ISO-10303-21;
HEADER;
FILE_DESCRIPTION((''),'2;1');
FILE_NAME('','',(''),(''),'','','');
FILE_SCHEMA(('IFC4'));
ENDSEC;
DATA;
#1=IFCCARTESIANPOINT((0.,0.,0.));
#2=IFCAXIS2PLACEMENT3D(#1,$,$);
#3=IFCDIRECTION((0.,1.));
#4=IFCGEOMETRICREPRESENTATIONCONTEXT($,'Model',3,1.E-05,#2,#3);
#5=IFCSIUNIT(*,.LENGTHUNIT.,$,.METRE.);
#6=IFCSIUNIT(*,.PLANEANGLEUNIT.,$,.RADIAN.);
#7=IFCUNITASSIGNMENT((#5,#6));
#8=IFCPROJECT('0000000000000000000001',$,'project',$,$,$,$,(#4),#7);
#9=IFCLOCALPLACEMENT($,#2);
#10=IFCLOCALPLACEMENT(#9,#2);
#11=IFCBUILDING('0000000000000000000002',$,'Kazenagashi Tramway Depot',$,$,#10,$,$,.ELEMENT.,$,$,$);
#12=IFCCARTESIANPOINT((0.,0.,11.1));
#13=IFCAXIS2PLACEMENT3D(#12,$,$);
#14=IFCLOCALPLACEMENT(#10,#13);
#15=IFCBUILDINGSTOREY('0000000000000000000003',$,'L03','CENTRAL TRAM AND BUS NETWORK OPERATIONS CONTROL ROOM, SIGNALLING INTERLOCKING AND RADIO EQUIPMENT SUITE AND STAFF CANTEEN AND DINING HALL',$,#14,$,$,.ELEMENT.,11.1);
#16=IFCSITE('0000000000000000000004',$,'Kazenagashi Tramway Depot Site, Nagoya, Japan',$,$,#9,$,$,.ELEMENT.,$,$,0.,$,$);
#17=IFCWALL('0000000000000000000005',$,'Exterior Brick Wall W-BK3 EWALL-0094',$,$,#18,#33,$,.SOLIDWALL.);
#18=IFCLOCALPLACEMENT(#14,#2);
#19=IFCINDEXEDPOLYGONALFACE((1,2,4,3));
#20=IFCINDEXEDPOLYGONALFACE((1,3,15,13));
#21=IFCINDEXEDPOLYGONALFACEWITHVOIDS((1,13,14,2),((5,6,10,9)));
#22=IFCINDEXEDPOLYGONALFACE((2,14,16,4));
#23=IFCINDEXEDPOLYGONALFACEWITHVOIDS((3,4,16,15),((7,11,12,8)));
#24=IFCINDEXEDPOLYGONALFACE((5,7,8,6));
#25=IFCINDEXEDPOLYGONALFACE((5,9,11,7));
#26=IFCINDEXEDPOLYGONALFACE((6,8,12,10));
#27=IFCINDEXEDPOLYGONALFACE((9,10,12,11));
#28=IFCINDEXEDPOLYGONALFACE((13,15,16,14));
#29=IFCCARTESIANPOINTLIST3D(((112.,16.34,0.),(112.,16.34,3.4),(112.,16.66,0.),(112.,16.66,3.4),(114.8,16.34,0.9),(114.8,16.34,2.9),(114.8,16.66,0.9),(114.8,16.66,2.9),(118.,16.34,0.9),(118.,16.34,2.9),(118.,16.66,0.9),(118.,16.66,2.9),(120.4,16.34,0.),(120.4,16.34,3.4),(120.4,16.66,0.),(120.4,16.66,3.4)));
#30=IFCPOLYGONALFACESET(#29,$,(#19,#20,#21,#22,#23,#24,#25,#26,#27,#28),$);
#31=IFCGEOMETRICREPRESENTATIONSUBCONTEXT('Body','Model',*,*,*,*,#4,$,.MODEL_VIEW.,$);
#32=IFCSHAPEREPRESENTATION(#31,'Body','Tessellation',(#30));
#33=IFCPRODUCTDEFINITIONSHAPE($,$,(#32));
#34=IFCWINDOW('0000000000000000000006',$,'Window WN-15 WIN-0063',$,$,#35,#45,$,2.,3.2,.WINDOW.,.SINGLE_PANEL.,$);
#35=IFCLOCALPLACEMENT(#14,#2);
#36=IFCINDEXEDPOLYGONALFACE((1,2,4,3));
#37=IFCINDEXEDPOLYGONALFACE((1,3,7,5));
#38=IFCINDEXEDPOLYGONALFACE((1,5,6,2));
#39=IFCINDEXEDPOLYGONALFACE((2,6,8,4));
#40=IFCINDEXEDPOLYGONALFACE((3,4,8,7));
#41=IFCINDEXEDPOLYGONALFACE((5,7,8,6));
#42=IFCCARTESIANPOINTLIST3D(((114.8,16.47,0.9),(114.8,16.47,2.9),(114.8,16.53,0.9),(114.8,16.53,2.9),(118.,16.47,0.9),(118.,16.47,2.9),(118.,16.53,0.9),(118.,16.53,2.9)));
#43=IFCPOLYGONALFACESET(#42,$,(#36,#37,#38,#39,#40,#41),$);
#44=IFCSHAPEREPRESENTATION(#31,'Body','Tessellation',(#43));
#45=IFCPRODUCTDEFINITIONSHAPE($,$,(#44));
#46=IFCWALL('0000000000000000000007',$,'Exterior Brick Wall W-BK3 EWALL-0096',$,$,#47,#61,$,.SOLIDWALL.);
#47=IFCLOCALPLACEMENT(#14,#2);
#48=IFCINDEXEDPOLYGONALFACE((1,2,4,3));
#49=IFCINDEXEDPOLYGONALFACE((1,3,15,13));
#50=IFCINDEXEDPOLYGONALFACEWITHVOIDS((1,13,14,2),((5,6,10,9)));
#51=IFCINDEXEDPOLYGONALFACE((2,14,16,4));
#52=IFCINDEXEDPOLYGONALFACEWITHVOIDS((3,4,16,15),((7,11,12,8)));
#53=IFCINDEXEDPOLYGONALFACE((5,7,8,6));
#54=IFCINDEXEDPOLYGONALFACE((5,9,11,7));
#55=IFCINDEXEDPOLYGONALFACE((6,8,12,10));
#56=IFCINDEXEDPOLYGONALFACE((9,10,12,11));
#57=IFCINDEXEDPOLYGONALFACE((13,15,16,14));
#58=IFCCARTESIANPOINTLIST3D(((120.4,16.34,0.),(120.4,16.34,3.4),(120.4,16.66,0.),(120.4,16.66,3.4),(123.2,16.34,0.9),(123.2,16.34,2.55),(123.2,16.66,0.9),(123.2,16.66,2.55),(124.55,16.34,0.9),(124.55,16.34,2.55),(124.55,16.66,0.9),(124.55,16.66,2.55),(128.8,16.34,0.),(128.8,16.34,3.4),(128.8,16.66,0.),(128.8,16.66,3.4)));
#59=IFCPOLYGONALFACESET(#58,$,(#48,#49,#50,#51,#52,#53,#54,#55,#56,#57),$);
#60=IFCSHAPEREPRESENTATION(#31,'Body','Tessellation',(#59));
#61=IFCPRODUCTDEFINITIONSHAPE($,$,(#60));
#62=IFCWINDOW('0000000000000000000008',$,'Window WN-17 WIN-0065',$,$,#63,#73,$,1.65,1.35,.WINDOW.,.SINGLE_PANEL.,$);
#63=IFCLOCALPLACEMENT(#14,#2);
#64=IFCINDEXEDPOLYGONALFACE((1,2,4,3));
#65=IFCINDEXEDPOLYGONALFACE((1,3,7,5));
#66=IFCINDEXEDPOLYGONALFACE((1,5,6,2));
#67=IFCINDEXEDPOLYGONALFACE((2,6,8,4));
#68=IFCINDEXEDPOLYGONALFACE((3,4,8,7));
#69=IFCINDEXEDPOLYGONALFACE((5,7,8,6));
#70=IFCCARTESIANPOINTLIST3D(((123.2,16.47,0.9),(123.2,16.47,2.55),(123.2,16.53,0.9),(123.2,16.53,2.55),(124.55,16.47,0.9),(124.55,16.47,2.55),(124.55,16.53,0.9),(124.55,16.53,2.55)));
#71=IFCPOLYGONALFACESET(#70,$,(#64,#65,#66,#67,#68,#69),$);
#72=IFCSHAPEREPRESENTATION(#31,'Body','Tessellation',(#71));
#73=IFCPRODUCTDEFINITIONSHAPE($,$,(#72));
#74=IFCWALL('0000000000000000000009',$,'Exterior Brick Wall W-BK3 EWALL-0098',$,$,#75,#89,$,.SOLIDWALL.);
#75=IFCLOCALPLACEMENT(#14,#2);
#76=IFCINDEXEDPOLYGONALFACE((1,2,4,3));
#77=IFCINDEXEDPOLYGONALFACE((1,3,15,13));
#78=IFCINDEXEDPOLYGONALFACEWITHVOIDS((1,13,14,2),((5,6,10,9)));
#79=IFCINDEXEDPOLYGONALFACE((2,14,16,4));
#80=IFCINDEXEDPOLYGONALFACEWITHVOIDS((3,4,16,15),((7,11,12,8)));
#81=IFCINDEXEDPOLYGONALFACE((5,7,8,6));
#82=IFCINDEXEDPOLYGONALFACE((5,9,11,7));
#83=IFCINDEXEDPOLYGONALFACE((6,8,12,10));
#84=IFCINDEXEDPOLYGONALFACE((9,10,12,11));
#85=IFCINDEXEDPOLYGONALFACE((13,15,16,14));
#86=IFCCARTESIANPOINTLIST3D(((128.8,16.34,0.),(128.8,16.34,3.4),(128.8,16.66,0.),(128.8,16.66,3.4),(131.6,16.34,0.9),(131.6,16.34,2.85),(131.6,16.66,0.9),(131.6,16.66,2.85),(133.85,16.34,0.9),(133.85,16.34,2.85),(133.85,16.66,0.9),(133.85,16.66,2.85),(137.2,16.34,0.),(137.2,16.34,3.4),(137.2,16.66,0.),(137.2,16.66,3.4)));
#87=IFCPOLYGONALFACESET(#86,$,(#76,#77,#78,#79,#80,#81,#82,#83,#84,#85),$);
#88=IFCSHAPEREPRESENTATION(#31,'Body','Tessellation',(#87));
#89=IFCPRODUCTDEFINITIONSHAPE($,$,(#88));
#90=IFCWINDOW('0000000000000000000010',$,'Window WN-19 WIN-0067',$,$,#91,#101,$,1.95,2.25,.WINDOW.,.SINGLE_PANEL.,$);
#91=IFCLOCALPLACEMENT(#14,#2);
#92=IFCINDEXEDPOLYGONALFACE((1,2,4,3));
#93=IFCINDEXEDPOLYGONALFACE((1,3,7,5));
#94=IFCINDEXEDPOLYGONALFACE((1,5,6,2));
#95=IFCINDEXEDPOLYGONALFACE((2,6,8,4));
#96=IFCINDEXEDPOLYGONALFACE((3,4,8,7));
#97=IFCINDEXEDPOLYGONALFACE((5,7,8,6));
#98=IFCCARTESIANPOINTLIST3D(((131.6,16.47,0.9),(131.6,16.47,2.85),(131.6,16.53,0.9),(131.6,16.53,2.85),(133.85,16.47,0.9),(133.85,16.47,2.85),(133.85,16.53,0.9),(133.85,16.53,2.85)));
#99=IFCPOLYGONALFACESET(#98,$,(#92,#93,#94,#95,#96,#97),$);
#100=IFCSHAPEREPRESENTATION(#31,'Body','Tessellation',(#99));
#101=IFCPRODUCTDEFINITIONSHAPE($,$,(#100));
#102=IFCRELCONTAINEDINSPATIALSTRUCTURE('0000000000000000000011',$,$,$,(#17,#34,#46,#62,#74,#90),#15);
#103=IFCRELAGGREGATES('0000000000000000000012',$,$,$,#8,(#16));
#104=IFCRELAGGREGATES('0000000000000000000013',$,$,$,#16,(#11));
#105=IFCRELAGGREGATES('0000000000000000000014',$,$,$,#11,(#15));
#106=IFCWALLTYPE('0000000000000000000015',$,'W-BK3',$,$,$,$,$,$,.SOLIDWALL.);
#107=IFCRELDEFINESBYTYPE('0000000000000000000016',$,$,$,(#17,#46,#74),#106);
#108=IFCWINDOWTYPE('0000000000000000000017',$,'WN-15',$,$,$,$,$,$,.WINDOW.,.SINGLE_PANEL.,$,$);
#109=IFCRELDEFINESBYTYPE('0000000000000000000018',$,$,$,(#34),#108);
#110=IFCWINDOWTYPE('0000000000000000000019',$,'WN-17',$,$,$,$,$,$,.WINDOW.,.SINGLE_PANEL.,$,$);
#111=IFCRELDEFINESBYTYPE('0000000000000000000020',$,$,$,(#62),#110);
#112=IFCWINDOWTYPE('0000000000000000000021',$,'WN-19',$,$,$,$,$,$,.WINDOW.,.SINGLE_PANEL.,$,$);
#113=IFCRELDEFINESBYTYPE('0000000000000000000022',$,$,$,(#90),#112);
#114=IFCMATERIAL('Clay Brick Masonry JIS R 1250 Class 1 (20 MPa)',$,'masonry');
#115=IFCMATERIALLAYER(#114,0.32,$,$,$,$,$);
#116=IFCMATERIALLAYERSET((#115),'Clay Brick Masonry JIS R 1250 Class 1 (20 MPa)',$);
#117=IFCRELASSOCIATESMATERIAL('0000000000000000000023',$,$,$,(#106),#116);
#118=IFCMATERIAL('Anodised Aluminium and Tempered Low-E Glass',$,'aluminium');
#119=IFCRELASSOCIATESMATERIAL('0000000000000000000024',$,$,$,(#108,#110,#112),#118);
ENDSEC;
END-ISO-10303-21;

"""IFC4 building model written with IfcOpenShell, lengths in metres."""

from ifc_helpers import new_model, si_unit, direction, frame, frame_2d, origin, place, context, subcontext, project, spatial, rectangle, extrude, material, layer, layer_set, type_object, element, fill, save


model = new_model("IFC4")

# Units and contexts
model_context = context("Model", 3, precision=1e-05, world=origin(), true_north=direction((0.0, 1.0)))
body_context = subcontext(model_context, "Body", "Model", "MODEL_VIEW")
ifc_project = project(units=[si_unit("LENGTHUNIT", "METRE"), si_unit("PLANEANGLEUNIT", "RADIAN")], contexts=[model_context])

# Site, building, storey
site_placement = place(None, origin())
site = spatial("IfcSite", under=ifc_project, at=site_placement, Name="Kazenagashi Tramway Depot Site, Nagoya, Japan", CompositionType="ELEMENT", RefElevation=0.0)
building_placement = place(site_placement, origin())
building = spatial("IfcBuilding", under=site, at=building_placement, Name="Kazenagashi Tramway Depot", CompositionType="ELEMENT")
storey_placement = place(building_placement, frame((0.0, 0.0, 11.1)))
storey = spatial("IfcBuildingStorey", under=building, at=storey_placement, Name="L03", Description="CENTRAL TRAM AND BUS NETWORK OPERATIONS CONTROL ROOM, SIGNALLING INTERLOCKING AND RADIO EQUIPMENT SUITE AND STAFF CANTEEN AND DINING HALL", CompositionType="ELEMENT", Elevation=11.1)

# Walls, openings, windows
ifc_material_1 = material(Name="Clay Brick Masonry JIS R 1250 Class 1 (20 MPa)", Category="masonry")
ifc_layer = layer(ifc_material_1, 0.32)
ifc_layer_set = layer_set([ifc_layer], Name="Clay Brick Masonry JIS R 1250 Class 1 (20 MPa)")
wall_type = type_object("IfcWallType", Name="W-BK3", PredefinedType="SOLIDWALL", material=ifc_layer_set)
ifc_material_2 = material(Name="Anodised Aluminium and Tempered Low-E Glass", Category="aluminium")
wall_1_placement = place(storey_placement, frame((112.0, 16.5, 0.0), z_axis=(0.0, 0.0, 1.0), x_axis=(1.0, 0.0, 0.0)))
wall_1 = element("IfcWall", 1, at=wall_1_placement, inside=storey, type_object=wall_type, Name="Exterior Brick Wall W-BK3 EWALL-0094", PredefinedType="SOLIDWALL", context=body_context, shape_type="SweptSolid", body=[
    extrude(rectangle(XDim=8.4, YDim=0.32, at=frame_2d((4.2, 0.0))), origin(), (0.0, 0.0, 1.0), 3.4),
])
opening_1_placement = place(wall_1_placement, frame((2.8, 0.0, 0.9)))
opening_1 = element("IfcOpeningElement", 2, at=opening_1_placement, cuts=wall_1, PredefinedType="OPENING", context=body_context, shape_type="SweptSolid", body=[
    extrude(rectangle(XDim=3.2, YDim=2.0, at=frame_2d((1.6, 1.0))), frame((0.0, 0.17, 0.0), z_axis=(0.0, -1.0, 0.0), x_axis=(1.0, 0.0, 0.0)), (0.0, 0.0, 1.0), 0.34),
])
window_type_1 = type_object("IfcWindowType", Name="WN-15", PartitioningType="SINGLE_PANEL", PredefinedType="WINDOW", material=ifc_material_2)
window_1_placement = place(opening_1_placement, origin())
window_1 = element("IfcWindow", 3, at=window_1_placement, inside=storey, type_object=window_type_1, Name="Window WN-15 WIN-0063", OverallHeight=2.0, OverallWidth=3.2, PartitioningType="SINGLE_PANEL", PredefinedType="WINDOW", context=body_context, shape_type="SweptSolid", body=[
    extrude(rectangle(XDim=3.2, YDim=2.0, at=frame_2d((1.6, 1.0))), frame((0.0, 0.03, 0.0), z_axis=(0.0, -1.0, 0.0), x_axis=(1.0, 0.0, 0.0)), (0.0, 0.0, 1.0), 0.06),
])
fill(opening_1, window_1)
wall_2_placement = place(storey_placement, frame((120.4, 16.5, 0.0), z_axis=(0.0, 0.0, 1.0), x_axis=(1.0, 0.0, 0.0)))
wall_2 = element("IfcWall", 4, at=wall_2_placement, inside=storey, type_object=wall_type, Name="Exterior Brick Wall W-BK3 EWALL-0096", PredefinedType="SOLIDWALL", context=body_context, shape_type="SweptSolid", body=[
    extrude(rectangle(XDim=8.4, YDim=0.32, at=frame_2d((4.2, 0.0))), origin(), (0.0, 0.0, 1.0), 3.4),
])
opening_2_placement = place(wall_2_placement, frame((2.8, 0.0, 0.9)))
opening_2 = element("IfcOpeningElement", 5, at=opening_2_placement, cuts=wall_2, PredefinedType="OPENING", context=body_context, shape_type="SweptSolid", body=[
    extrude(rectangle(XDim=1.35, YDim=1.65, at=frame_2d((0.675, 0.825))), frame((0.0, 0.17, 0.0), z_axis=(0.0, -1.0, 0.0), x_axis=(1.0, 0.0, 0.0)), (0.0, 0.0, 1.0), 0.34),
])
window_type_2 = type_object("IfcWindowType", Name="WN-17", PartitioningType="SINGLE_PANEL", PredefinedType="WINDOW", material=ifc_material_2)
window_2_placement = place(opening_2_placement, origin())
window_2 = element("IfcWindow", 6, at=window_2_placement, inside=storey, type_object=window_type_2, Name="Window WN-17 WIN-0065", OverallHeight=1.65, OverallWidth=1.35, PartitioningType="SINGLE_PANEL", PredefinedType="WINDOW", context=body_context, shape_type="SweptSolid", body=[
    extrude(rectangle(XDim=1.35, YDim=1.65, at=frame_2d((0.675, 0.825))), frame((0.0, 0.03, 0.0), z_axis=(0.0, -1.0, 0.0), x_axis=(1.0, 0.0, 0.0)), (0.0, 0.0, 1.0), 0.06),
])
fill(opening_2, window_2)
wall_3_placement = place(storey_placement, frame((128.8, 16.5, 0.0), z_axis=(0.0, 0.0, 1.0), x_axis=(1.0, 0.0, 0.0)))
wall_3 = element("IfcWall", 7, at=wall_3_placement, inside=storey, type_object=wall_type, Name="Exterior Brick Wall W-BK3 EWALL-0098", PredefinedType="SOLIDWALL", context=body_context, shape_type="SweptSolid", body=[
    extrude(rectangle(XDim=8.4, YDim=0.32, at=frame_2d((4.2, 0.0))), origin(), (0.0, 0.0, 1.0), 3.4),
])
opening_3_placement = place(wall_3_placement, frame((2.8, 0.0, 0.9)))
opening_3 = element("IfcOpeningElement", 8, at=opening_3_placement, cuts=wall_3, PredefinedType="OPENING", context=body_context, shape_type="SweptSolid", body=[
    extrude(rectangle(XDim=2.25, YDim=1.95, at=frame_2d((1.125, 0.975))), frame((0.0, 0.17, 0.0), z_axis=(0.0, -1.0, 0.0), x_axis=(1.0, 0.0, 0.0)), (0.0, 0.0, 1.0), 0.34),
])
window_type_3 = type_object("IfcWindowType", Name="WN-19", PartitioningType="SINGLE_PANEL", PredefinedType="WINDOW", material=ifc_material_2)
window_3_placement = place(opening_3_placement, origin())
window_3 = element("IfcWindow", 9, at=window_3_placement, inside=storey, type_object=window_type_3, Name="Window WN-19 WIN-0067", OverallHeight=1.95, OverallWidth=2.25, PartitioningType="SINGLE_PANEL", PredefinedType="WINDOW", context=body_context, shape_type="SweptSolid", body=[
    extrude(rectangle(XDim=2.25, YDim=1.95, at=frame_2d((1.125, 0.975))), frame((0.0, 0.03, 0.0), z_axis=(0.0, -1.0, 0.0), x_axis=(1.0, 0.0, 0.0)), (0.0, 0.0, 1.0), 0.06),
])
fill(opening_3, window_3)

save(model, "model.ifc")
